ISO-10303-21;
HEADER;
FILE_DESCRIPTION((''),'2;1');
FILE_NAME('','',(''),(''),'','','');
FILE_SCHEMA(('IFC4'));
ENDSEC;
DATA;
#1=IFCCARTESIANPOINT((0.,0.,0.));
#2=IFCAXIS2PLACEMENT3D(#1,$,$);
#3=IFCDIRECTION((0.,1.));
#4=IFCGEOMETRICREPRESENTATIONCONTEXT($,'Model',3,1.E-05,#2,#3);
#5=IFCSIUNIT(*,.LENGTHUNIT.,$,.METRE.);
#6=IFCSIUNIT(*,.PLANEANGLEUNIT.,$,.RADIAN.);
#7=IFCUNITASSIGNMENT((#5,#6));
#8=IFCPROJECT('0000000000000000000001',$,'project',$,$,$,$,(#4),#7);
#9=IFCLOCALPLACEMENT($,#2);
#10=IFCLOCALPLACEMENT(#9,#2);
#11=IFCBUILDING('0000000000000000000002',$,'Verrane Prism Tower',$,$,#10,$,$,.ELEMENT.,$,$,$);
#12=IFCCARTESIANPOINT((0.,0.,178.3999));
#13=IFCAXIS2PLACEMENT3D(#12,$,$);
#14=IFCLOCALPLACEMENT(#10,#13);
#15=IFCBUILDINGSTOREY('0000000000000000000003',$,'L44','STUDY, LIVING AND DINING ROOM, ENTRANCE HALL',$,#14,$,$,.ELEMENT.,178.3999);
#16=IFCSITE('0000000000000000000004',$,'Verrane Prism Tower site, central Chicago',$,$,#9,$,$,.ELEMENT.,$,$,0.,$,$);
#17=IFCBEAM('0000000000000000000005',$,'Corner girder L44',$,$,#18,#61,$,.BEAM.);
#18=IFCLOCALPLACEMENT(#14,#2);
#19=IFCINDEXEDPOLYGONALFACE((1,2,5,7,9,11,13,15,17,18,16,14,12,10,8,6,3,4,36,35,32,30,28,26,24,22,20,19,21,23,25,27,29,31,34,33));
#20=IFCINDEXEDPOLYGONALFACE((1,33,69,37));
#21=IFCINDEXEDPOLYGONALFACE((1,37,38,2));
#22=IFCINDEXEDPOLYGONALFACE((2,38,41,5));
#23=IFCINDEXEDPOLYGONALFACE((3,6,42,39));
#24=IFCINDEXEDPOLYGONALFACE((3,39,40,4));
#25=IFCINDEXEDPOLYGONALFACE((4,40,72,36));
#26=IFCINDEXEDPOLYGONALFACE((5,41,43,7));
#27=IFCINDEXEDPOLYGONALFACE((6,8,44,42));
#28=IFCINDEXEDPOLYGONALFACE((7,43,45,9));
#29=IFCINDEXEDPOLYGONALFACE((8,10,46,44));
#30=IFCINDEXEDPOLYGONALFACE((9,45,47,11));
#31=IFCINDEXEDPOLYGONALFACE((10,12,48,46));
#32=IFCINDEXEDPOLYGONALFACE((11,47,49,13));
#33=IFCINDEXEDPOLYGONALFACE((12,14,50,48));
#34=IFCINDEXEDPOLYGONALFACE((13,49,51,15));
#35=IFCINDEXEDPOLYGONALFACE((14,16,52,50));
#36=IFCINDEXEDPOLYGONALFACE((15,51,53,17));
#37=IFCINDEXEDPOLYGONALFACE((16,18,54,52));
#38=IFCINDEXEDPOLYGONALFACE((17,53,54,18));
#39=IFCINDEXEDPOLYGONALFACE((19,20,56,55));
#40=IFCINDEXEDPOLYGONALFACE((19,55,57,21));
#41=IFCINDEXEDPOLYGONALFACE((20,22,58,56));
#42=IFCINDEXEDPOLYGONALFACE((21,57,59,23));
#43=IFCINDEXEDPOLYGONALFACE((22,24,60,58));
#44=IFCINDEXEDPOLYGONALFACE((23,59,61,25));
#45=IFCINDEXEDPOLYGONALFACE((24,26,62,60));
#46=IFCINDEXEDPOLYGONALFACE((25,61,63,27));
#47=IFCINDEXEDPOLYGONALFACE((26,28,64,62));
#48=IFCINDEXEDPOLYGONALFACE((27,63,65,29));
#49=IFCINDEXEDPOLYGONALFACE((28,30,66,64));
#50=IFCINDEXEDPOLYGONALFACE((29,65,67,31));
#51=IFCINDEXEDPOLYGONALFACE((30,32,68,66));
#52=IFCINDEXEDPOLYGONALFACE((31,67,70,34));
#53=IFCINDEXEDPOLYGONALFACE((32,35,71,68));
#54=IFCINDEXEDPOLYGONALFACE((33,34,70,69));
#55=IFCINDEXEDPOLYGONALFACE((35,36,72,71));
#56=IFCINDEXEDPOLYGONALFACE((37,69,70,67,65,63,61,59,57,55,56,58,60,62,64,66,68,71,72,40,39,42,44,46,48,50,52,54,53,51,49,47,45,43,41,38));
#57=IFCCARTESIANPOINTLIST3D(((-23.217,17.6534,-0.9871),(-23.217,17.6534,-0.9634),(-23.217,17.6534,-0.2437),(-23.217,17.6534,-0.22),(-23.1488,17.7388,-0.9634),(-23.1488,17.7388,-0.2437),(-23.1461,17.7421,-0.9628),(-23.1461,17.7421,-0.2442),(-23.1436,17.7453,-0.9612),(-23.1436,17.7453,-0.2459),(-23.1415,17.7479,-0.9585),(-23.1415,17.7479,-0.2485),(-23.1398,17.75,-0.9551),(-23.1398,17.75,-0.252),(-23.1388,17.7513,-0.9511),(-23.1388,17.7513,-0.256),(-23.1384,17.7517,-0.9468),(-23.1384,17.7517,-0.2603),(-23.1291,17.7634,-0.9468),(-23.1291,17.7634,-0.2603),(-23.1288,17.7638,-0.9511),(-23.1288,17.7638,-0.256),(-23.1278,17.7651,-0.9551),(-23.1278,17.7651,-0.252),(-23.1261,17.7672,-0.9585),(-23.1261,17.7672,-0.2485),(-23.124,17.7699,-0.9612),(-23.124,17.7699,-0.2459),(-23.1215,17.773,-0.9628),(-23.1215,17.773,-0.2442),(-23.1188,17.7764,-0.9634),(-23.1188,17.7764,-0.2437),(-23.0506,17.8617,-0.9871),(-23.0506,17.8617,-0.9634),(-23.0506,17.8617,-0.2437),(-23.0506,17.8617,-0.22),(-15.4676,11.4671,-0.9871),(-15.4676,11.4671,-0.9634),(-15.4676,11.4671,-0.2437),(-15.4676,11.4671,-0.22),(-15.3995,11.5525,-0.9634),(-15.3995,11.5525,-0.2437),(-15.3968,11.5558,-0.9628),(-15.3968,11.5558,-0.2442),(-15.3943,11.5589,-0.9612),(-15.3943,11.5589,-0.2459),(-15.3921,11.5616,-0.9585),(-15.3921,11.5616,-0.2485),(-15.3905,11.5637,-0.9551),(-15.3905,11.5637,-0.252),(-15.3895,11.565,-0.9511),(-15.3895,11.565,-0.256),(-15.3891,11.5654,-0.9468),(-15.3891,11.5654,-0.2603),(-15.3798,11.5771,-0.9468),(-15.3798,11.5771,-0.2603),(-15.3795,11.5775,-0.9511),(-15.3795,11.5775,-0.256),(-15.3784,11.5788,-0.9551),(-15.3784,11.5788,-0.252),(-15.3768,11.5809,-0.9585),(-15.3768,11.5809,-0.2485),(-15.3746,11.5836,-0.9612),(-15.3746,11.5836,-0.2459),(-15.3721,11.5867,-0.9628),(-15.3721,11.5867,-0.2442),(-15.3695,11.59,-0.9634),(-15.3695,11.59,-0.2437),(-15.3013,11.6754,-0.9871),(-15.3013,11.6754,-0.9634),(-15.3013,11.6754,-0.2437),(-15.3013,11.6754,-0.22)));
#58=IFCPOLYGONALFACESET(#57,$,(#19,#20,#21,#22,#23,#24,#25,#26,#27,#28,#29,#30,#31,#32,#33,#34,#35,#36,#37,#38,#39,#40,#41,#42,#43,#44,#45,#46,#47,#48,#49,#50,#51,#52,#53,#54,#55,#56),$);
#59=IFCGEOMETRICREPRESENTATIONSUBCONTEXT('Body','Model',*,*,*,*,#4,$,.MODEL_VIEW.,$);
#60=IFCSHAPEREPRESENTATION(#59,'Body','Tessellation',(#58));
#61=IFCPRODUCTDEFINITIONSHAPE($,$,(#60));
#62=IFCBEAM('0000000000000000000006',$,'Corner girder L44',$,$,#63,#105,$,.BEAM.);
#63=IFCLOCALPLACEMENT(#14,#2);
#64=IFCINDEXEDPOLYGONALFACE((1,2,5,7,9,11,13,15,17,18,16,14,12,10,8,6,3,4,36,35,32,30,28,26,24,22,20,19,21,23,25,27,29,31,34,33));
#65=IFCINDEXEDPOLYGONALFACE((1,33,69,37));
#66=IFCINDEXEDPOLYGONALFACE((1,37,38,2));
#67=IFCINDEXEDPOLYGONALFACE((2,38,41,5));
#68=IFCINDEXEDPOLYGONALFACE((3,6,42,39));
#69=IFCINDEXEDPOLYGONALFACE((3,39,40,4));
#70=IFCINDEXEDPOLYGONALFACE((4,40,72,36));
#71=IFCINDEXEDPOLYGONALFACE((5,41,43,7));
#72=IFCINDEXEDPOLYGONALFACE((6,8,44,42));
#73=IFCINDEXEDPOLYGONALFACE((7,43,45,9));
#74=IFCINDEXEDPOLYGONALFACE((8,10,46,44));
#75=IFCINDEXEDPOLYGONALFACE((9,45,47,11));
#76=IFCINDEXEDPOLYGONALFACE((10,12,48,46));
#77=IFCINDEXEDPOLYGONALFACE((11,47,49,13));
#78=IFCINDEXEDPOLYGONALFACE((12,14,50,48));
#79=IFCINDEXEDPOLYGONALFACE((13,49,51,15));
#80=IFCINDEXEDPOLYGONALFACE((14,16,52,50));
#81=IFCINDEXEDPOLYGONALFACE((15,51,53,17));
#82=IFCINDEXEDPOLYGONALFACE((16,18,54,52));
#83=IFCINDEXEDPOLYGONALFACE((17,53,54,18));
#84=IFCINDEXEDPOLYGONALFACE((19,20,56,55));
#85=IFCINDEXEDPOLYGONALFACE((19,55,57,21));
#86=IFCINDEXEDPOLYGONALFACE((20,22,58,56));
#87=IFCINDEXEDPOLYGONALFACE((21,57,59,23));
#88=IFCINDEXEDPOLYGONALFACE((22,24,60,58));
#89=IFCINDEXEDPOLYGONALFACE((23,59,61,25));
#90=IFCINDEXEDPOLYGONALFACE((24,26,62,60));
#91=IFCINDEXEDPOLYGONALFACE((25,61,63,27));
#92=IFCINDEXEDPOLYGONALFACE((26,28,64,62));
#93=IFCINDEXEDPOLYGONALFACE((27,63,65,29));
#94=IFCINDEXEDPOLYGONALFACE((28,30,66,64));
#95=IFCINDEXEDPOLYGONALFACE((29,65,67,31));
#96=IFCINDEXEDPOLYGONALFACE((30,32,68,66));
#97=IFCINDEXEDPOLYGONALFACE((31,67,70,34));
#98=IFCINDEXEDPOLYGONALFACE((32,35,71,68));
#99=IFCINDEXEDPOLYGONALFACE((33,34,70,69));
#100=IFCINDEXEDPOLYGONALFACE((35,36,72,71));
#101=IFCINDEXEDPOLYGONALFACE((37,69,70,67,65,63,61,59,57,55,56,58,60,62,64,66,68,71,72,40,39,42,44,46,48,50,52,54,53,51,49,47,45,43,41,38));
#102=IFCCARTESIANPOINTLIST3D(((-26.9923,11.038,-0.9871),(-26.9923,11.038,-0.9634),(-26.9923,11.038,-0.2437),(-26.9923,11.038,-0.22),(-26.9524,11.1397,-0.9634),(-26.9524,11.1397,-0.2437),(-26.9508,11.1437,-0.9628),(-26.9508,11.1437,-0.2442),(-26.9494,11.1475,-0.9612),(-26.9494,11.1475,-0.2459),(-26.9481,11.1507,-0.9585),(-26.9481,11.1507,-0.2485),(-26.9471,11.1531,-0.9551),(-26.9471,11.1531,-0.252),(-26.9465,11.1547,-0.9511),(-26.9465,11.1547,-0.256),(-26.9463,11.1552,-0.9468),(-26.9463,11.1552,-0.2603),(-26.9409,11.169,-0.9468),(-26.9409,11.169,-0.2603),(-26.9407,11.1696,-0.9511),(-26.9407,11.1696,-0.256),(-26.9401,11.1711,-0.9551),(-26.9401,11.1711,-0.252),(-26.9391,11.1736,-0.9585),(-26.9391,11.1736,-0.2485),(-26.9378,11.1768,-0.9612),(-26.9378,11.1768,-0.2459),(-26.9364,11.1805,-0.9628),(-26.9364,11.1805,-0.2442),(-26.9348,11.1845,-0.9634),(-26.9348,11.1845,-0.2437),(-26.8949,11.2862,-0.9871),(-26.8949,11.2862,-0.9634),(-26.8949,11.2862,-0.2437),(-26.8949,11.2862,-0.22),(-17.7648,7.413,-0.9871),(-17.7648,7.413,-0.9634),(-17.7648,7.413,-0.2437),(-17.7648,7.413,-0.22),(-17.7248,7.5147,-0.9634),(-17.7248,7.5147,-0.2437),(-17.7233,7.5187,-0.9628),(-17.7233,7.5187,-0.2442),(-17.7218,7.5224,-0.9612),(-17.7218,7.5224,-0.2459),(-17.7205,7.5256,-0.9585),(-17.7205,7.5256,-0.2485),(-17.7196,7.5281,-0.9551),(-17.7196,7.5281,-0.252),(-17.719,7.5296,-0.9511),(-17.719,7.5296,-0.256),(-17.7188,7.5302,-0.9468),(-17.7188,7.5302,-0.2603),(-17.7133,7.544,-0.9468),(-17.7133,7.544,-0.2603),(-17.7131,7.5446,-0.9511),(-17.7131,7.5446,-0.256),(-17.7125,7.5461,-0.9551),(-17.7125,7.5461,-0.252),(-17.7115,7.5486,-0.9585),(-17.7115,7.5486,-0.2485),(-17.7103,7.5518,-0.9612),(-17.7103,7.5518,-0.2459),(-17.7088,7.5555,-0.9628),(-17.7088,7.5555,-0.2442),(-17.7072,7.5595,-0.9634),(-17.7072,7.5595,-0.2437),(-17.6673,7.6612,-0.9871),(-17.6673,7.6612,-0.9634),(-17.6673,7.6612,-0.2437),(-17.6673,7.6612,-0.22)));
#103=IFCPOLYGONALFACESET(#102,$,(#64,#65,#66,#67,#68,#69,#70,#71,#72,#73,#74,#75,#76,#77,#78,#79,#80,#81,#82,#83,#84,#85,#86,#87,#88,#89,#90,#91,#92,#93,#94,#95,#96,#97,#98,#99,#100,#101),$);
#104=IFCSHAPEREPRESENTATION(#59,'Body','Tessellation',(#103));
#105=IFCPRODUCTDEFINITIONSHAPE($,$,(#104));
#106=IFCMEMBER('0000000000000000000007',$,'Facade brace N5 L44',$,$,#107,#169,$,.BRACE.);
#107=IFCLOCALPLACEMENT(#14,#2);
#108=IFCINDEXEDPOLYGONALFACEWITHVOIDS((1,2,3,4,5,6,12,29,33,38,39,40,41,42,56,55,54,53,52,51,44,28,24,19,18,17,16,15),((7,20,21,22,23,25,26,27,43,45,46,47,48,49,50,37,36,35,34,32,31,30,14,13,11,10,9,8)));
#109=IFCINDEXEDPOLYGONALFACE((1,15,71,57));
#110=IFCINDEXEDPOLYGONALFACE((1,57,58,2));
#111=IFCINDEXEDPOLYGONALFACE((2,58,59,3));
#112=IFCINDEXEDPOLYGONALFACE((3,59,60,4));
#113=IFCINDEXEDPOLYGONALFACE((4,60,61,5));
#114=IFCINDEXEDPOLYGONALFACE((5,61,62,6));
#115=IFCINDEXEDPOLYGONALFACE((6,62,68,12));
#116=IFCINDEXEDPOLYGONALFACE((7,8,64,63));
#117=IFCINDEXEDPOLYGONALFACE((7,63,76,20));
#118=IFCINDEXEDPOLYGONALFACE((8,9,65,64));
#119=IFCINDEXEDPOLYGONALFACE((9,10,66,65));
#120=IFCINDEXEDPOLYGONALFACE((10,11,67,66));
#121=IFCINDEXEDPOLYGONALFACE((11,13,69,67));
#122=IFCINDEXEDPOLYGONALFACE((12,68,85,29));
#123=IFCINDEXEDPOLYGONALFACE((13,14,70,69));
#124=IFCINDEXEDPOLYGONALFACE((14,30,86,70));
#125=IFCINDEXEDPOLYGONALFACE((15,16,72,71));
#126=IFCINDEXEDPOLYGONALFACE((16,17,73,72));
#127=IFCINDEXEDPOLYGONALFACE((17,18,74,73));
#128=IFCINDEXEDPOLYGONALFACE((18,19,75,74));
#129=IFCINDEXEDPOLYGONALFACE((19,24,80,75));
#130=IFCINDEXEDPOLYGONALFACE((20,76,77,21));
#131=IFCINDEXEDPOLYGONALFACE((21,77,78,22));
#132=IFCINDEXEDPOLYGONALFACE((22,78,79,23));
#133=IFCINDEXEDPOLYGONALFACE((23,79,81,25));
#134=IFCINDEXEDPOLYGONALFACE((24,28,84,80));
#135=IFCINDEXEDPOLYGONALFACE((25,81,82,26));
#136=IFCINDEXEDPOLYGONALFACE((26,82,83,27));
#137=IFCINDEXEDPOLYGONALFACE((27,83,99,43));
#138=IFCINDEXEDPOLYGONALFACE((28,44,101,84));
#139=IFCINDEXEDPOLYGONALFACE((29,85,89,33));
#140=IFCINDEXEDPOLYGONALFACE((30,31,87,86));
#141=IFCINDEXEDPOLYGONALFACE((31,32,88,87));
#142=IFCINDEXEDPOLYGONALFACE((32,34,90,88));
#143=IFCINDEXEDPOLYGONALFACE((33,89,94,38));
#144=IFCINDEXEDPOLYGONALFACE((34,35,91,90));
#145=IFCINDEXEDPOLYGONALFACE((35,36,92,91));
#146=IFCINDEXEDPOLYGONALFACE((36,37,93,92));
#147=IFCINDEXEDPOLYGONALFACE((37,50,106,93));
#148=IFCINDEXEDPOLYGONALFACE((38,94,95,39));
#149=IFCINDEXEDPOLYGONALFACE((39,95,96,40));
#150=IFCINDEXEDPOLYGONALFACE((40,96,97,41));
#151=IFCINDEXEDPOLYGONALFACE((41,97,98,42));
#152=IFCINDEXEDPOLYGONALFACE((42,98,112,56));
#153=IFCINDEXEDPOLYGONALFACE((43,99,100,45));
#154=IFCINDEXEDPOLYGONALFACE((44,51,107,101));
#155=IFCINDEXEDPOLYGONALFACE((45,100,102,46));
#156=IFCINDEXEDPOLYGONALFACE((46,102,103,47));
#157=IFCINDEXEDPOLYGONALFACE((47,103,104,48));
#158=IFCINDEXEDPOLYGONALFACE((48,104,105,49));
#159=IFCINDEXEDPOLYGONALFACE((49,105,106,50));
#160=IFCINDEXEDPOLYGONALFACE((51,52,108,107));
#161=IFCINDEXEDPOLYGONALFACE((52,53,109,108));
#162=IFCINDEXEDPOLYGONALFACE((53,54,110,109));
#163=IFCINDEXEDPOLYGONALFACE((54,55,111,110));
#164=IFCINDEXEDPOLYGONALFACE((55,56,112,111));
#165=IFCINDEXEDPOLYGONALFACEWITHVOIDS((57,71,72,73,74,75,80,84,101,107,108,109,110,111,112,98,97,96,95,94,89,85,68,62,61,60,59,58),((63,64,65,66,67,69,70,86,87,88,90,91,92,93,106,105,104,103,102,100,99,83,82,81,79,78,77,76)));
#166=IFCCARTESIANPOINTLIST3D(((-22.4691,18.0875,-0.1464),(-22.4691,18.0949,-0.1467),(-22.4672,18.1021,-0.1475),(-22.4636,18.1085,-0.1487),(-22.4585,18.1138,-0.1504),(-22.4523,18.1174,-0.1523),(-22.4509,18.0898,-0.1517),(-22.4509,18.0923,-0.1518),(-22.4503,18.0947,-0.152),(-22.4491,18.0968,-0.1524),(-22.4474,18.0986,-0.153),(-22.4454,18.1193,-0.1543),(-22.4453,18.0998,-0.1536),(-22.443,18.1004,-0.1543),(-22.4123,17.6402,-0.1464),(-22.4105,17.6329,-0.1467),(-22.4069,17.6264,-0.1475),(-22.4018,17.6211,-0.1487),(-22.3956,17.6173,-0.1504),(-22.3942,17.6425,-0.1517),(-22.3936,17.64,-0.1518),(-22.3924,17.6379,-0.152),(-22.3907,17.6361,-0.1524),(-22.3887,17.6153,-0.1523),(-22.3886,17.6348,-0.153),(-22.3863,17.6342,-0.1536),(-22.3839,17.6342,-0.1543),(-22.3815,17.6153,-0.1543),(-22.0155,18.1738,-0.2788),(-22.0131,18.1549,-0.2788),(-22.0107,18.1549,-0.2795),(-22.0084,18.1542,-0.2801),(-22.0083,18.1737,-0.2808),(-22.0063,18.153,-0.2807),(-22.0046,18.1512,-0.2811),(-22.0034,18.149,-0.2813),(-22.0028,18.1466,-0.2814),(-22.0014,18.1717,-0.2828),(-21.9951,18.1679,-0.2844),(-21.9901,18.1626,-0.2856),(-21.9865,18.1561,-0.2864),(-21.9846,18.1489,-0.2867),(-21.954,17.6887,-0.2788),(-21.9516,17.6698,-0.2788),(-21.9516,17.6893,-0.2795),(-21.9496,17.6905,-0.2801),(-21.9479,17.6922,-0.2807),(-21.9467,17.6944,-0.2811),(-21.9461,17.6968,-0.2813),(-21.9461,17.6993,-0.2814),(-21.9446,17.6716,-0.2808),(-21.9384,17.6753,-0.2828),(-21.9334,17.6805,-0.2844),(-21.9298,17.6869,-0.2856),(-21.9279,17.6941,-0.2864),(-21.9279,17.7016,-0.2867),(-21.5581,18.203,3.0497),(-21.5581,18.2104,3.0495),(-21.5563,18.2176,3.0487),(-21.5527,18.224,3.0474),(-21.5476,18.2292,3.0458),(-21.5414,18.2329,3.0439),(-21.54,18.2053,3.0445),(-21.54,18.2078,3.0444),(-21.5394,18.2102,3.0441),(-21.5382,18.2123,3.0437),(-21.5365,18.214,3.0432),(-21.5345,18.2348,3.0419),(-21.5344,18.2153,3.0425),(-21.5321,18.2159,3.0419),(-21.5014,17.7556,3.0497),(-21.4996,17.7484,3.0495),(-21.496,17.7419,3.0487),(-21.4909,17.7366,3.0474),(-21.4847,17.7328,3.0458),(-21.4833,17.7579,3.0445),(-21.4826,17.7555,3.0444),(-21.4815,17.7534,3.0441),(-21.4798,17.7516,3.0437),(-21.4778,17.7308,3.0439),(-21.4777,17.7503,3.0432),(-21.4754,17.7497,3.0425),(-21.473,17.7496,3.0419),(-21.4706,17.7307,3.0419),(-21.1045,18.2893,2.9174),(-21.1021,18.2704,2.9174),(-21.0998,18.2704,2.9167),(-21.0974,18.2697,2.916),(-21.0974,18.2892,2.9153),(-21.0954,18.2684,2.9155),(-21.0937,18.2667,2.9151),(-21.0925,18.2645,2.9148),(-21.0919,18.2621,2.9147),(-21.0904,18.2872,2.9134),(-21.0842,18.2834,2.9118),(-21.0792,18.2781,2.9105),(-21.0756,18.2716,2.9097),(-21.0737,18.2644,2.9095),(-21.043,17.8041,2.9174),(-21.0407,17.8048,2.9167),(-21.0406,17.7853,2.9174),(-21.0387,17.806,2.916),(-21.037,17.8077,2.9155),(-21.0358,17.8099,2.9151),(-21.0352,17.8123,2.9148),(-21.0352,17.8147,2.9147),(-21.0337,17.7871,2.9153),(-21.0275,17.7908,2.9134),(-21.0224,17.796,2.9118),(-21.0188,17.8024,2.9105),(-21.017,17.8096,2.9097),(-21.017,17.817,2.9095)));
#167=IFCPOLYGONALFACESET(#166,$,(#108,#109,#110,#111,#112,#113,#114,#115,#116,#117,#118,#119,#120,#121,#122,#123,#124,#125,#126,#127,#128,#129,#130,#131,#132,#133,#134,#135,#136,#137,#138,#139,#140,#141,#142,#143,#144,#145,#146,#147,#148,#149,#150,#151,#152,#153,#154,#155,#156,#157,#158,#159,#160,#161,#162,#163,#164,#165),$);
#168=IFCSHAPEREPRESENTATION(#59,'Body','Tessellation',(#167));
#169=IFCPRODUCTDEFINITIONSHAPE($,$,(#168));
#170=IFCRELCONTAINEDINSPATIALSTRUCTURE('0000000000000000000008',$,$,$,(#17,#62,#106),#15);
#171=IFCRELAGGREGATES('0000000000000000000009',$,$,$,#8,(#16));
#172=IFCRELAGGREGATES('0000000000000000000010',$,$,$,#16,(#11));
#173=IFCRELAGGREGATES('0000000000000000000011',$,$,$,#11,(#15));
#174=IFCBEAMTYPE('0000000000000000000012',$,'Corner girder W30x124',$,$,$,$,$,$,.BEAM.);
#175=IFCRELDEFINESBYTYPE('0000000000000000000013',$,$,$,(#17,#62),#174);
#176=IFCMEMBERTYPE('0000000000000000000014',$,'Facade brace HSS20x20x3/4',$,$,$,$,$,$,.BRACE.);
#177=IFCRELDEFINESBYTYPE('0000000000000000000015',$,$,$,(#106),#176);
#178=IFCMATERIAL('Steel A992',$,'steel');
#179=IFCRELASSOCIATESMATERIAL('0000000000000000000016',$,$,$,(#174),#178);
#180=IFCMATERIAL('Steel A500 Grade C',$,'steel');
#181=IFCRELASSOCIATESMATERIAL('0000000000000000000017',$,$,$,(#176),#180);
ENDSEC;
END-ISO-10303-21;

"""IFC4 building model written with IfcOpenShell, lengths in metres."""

from ifc_helpers import new_model, si_unit, direction, frame, origin, origin_2d, place, context, subcontext, project, spatial, hollow_rectangle, i_section, extrude, material, material_profile, profile_set, type_object, element, save


model = new_model("IFC4")

# Units and contexts
model_context = context("Model", 3, precision=1e-05, world=origin(), true_north=direction((0.0, 1.0)))
body_context = subcontext(model_context, "Body", "Model", "MODEL_VIEW")
ifc_project = project(units=[si_unit("LENGTHUNIT", "METRE"), si_unit("PLANEANGLEUNIT", "RADIAN")], contexts=[model_context])

# Site, building, storey
site_placement = place(None, origin())
site = spatial("IfcSite", under=ifc_project, at=site_placement, Name="Verrane Prism Tower site, central Chicago", CompositionType="ELEMENT", RefElevation=0.0)
building_placement = place(site_placement, origin())
building = spatial("IfcBuilding", under=site, at=building_placement, Name="Verrane Prism Tower", CompositionType="ELEMENT")
storey_placement = place(building_placement, frame((0.0, 0.0, 178.3999)))
storey = spatial("IfcBuildingStorey", under=building, at=storey_placement, Name="L44", Description="STUDY, LIVING AND DINING ROOM, ENTRANCE HALL", CompositionType="ELEMENT", Elevation=178.3999)

# Beams
ifc_material_1 = material(Name="Steel A992", Category="steel")
ifc_material_profile_1 = material_profile(ifc_material_1, i_section(OverallWidth=0.2666, OverallDepth=0.7671, WebThickness=0.0149, FlangeThickness=0.0237, FilletRadius=0.0166, at=origin_2d()), Name="W30x124")
ifc_profile_set_1 = profile_set([ifc_material_profile_1], Name="Steel A992")
beam_type_1 = type_object("IfcBeamType", Name="Corner girder W30x124", PredefinedType="BEAM", material=ifc_profile_set_1)
beam_1_placement = place(storey_placement, frame((-23.1338, 17.7576, -0.6035), z_axis=(0.781515, -0.623887, 0.0), x_axis=(0.623887, 0.781515, 0.0)))
element("IfcBeam", 1, at=beam_1_placement, inside=storey, type_object=beam_type_1, Name="Corner girder L44", PredefinedType="BEAM", context=body_context, shape_type="SweptSolid", body=[
    extrude(i_section(OverallWidth=0.2666, OverallDepth=0.7671, WebThickness=0.0149, FlangeThickness=0.0237, FilletRadius=0.0166, at=origin_2d()), origin(), (0.0, 0.0, 1.0), 9.9158),
])
beam_2_placement = place(storey_placement, frame((-26.9436, 11.1621, -0.6035), z_axis=(0.930755, -0.365643, 0.0), x_axis=(0.365643, 0.930755, 0.0)))
element("IfcBeam", 2, at=beam_2_placement, inside=storey, type_object=beam_type_1, Name="Corner girder L44", PredefinedType="BEAM", context=body_context, shape_type="SweptSolid", body=[
    extrude(i_section(OverallWidth=0.2666, OverallDepth=0.7671, WebThickness=0.0149, FlangeThickness=0.0237, FilletRadius=0.0166, at=origin_2d()), origin(), (0.0, 0.0, 1.0), 9.9141),
])

# Member
ifc_material_2 = material(Name="Steel A500 Grade C", Category="steel")
ifc_material_profile_2 = material_profile(ifc_material_2, hollow_rectangle(XDim=0.5081, YDim=0.5081, WallThickness=0.019, InnerFilletRadius=0.0095, OuterFilletRadius=0.0286, at=origin_2d()), Name="HSS20x20x3/4")
ifc_profile_set_2 = profile_set([ifc_material_profile_2], Name="Steel A500 Grade C")
member_type_1 = type_object("IfcMemberType", Name="Facade brace HSS20x20x3/4", PredefinedType="BRACE", material=ifc_profile_set_2)
member_1_placement = place(storey_placement, frame((-22.1985, 17.8945, -0.2166), z_axis=(0.273925, 0.034727, 0.961124), x_axis=(-0.125769, 0.99206, 0.0)))
element("IfcMember", 3, at=member_1_placement, inside=storey, type_object=member_type_1, Name="Facade brace N5 L44", PredefinedType="BRACE", context=body_context, shape_type="SweptSolid", body=[
    extrude(hollow_rectangle(XDim=0.5081, YDim=0.5081, WallThickness=0.019, InnerFilletRadius=0.0095, OuterFilletRadius=0.0286, at=origin_2d()), origin(), (0.0, 0.0, 1.0), 3.3254),
])

save(model, "model.ifc")
